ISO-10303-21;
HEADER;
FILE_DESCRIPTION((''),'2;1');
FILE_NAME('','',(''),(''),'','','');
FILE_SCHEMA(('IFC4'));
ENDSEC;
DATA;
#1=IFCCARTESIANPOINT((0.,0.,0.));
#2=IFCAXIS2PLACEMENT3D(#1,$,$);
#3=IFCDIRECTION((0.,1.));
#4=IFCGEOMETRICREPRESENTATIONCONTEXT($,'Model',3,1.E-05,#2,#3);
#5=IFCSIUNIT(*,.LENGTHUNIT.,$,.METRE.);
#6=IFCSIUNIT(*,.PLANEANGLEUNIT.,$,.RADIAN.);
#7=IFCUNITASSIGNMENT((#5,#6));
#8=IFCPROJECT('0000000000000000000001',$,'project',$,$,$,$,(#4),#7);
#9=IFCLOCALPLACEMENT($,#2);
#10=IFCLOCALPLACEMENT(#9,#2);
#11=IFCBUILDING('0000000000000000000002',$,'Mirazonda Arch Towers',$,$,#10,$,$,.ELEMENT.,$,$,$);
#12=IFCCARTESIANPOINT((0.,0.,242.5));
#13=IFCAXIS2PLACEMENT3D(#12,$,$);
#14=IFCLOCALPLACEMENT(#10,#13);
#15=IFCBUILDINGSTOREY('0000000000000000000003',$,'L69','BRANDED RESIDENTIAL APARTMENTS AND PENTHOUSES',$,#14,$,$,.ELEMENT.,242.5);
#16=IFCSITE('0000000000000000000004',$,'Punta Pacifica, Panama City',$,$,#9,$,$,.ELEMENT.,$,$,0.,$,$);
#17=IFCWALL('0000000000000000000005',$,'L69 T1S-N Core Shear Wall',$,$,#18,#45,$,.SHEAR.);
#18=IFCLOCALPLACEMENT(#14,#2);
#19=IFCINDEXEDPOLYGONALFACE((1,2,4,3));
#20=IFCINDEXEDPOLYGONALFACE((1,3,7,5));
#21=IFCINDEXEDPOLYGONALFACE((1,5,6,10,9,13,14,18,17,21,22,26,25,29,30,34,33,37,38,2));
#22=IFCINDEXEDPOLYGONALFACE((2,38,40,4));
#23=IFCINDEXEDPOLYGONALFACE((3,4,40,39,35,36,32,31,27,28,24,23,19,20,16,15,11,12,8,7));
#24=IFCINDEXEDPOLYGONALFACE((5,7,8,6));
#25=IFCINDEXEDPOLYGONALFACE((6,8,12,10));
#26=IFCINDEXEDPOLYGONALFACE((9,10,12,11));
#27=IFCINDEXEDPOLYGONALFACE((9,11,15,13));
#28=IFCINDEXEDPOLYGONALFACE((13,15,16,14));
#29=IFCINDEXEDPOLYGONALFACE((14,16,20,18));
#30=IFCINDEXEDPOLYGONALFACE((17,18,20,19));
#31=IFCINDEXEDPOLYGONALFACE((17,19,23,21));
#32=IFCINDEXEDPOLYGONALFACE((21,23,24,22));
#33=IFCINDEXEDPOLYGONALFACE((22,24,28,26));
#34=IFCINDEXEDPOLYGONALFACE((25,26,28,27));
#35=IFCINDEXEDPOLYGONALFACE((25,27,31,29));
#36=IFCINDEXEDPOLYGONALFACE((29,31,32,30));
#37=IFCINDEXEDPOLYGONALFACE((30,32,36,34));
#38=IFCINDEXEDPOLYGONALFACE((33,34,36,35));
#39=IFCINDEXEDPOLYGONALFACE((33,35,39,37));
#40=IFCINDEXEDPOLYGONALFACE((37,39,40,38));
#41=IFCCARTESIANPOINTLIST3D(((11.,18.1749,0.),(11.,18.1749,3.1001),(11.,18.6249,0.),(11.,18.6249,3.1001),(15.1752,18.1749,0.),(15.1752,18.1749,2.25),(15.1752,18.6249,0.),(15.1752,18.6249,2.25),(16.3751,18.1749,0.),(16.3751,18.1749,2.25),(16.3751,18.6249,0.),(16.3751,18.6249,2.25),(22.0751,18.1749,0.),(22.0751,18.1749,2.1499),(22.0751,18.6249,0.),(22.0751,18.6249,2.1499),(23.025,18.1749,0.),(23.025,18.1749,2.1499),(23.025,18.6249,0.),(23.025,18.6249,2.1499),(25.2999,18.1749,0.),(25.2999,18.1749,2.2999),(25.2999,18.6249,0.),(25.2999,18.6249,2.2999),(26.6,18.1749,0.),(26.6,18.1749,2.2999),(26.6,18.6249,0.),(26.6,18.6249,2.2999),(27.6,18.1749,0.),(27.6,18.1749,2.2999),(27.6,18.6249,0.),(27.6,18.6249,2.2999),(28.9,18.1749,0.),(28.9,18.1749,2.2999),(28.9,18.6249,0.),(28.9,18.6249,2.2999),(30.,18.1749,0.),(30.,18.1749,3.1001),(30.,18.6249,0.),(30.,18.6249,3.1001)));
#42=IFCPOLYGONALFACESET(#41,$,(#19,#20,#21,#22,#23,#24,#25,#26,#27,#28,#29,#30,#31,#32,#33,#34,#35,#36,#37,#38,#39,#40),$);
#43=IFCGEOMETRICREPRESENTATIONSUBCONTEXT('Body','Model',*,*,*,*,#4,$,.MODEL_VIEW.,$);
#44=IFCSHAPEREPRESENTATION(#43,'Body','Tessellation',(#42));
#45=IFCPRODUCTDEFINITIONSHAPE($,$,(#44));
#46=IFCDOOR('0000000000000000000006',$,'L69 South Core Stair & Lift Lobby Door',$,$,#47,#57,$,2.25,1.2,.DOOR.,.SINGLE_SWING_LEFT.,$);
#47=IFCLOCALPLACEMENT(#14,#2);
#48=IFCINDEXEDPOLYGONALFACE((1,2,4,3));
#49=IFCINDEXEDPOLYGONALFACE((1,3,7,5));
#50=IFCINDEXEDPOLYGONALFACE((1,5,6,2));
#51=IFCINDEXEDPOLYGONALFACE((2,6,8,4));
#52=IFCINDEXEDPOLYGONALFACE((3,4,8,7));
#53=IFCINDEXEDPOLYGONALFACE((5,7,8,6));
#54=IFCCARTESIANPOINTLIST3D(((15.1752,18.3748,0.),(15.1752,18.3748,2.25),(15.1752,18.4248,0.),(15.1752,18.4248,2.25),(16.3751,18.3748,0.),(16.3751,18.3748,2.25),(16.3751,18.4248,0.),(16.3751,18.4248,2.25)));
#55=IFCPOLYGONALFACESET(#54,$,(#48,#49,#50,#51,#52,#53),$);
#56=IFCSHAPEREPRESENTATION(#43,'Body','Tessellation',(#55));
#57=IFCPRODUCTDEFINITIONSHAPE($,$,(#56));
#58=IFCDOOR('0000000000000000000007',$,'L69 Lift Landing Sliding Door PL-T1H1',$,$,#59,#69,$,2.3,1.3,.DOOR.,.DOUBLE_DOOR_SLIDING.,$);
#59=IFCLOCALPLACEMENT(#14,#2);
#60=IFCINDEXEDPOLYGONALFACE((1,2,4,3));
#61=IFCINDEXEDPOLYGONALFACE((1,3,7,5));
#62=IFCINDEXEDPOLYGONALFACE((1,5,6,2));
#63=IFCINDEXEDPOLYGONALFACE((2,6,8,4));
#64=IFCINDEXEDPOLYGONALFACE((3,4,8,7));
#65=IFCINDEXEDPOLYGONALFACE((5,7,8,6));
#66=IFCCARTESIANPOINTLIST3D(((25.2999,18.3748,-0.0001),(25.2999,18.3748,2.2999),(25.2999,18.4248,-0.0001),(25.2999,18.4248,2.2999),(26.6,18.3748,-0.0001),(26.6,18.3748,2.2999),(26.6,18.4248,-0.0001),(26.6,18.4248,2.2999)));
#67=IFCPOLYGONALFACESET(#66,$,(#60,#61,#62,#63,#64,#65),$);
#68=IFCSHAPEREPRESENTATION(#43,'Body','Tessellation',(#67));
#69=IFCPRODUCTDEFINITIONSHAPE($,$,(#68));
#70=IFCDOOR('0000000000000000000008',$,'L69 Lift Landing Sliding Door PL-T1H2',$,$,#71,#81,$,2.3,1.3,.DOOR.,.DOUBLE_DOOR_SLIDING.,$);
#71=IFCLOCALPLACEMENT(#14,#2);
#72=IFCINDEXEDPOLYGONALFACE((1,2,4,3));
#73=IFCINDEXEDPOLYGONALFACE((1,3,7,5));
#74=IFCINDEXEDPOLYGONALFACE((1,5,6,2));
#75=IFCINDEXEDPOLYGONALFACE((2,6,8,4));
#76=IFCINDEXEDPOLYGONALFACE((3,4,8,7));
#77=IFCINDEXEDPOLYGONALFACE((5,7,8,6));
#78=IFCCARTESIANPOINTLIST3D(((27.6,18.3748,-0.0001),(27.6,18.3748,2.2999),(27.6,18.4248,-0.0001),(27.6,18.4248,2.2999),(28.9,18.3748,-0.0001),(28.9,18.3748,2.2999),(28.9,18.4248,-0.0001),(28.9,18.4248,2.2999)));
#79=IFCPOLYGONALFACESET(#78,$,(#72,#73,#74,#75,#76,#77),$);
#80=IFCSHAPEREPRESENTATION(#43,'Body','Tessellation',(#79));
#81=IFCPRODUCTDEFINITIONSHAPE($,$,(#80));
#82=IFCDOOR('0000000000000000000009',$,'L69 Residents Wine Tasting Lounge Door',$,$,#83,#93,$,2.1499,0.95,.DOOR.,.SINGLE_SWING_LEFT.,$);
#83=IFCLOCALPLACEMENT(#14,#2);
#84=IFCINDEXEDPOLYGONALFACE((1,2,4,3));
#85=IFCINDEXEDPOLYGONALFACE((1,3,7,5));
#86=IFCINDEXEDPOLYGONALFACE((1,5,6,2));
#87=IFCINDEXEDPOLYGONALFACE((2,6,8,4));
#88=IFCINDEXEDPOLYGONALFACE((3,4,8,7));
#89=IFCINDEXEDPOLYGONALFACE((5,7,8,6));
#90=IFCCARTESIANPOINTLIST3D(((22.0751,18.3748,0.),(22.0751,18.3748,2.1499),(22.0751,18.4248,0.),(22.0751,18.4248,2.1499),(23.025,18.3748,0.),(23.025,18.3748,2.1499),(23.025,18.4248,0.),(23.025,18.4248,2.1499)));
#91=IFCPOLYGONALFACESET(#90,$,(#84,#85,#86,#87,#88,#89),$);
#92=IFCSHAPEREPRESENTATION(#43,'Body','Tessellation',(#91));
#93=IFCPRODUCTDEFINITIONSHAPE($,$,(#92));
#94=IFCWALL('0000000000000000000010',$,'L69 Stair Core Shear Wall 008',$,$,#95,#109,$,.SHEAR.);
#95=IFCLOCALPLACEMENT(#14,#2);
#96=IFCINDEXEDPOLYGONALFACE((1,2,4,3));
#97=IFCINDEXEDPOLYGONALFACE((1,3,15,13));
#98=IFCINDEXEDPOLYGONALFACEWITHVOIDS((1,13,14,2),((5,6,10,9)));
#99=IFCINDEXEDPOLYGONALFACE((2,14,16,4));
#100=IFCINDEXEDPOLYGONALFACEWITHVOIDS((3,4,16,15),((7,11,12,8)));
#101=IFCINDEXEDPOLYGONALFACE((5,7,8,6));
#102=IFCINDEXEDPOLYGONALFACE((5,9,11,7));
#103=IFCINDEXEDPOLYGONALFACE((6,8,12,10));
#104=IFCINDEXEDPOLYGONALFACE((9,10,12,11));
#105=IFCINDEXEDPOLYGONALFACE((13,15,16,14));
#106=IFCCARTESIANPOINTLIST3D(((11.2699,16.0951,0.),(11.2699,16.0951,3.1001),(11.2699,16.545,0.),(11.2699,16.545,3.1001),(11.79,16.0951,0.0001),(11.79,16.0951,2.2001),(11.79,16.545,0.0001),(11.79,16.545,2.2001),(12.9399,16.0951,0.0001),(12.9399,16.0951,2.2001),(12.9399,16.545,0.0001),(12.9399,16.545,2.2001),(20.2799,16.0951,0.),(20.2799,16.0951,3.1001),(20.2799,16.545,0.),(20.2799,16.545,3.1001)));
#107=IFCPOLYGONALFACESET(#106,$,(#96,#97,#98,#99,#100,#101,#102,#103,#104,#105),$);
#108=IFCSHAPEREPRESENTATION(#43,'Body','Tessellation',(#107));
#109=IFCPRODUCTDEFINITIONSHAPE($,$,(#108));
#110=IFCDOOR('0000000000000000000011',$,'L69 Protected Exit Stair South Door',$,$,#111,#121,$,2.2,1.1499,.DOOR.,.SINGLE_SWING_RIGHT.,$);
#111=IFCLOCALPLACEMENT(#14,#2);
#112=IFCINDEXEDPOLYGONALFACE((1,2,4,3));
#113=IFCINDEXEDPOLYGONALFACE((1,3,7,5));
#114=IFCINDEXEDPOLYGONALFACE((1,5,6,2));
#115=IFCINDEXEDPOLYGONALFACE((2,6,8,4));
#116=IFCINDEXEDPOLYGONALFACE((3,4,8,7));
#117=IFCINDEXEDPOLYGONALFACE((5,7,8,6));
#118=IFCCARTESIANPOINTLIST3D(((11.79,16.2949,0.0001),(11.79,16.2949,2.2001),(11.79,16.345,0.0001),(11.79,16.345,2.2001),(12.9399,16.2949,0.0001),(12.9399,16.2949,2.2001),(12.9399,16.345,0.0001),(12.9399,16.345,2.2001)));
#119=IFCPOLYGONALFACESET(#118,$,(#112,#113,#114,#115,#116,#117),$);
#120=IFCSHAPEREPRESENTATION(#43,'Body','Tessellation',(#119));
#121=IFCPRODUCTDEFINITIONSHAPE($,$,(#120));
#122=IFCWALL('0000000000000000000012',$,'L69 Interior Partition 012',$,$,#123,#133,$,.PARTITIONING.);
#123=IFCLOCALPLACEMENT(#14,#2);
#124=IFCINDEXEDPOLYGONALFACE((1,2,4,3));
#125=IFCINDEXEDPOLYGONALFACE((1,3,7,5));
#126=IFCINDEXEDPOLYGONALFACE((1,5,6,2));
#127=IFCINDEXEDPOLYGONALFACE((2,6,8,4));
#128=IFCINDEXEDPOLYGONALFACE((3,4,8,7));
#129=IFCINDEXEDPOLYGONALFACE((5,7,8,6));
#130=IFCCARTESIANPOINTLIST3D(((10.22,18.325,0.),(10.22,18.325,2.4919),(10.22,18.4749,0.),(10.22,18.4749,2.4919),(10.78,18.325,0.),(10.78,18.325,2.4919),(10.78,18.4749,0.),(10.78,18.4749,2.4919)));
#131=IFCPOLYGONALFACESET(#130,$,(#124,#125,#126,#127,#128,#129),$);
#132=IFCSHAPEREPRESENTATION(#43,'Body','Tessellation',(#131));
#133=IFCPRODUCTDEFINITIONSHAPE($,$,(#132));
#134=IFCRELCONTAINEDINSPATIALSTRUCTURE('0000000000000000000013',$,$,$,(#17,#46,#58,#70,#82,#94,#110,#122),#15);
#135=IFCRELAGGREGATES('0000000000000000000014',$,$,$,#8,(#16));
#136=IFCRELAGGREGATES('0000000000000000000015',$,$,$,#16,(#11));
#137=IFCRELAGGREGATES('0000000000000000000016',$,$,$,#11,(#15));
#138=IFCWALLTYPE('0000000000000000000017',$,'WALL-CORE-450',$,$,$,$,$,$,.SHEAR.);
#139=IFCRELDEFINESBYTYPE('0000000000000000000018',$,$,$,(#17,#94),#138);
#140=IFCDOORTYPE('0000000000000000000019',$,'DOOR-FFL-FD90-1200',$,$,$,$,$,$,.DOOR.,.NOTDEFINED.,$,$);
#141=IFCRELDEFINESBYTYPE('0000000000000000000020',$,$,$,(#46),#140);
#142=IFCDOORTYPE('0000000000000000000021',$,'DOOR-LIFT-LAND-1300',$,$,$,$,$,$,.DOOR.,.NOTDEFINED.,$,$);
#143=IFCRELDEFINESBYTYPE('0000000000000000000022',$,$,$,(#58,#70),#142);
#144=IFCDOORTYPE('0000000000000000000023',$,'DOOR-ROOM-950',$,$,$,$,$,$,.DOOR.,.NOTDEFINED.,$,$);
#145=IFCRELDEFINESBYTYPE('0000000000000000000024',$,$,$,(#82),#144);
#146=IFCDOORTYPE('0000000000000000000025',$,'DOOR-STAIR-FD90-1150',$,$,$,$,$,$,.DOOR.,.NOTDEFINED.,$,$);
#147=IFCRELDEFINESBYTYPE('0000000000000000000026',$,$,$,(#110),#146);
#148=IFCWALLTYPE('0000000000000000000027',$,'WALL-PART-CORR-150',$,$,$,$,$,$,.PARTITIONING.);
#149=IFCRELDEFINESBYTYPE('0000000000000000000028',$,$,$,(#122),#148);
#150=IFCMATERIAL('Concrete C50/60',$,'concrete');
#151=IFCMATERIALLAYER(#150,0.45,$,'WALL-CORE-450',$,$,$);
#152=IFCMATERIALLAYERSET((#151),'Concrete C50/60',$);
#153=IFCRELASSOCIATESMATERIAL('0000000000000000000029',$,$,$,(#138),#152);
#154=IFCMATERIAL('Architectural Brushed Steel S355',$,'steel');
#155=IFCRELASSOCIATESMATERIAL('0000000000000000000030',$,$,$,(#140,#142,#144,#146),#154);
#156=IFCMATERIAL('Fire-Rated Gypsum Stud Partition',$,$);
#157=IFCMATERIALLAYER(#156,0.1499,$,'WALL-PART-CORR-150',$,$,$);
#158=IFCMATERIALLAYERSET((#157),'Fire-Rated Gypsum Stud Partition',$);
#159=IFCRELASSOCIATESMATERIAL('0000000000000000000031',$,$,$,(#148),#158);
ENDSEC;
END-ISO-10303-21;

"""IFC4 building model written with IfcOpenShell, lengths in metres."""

from ifc_helpers import new_model, si_unit, direction, frame, frame_2d, origin, place, context, subcontext, project, spatial, rectangle, extrude, material, layer, layer_set, type_object, element, fill, save


model = new_model("IFC4")

# Units and contexts
model_context = context("Model", 3, precision=1e-05, world=origin(), true_north=direction((0.0, 1.0)))
body_context = subcontext(model_context, "Body", "Model", "MODEL_VIEW")
ifc_project = project(units=[si_unit("LENGTHUNIT", "METRE"), si_unit("PLANEANGLEUNIT", "RADIAN")], contexts=[model_context])

# Site, building, storey
site_placement = place(None, origin())
site = spatial("IfcSite", under=ifc_project, at=site_placement, Name="Punta Pacifica, Panama City", CompositionType="ELEMENT", RefElevation=0.0)
building_placement = place(site_placement, origin())
building = spatial("IfcBuilding", under=site, at=building_placement, Name="Mirazonda Arch Towers", CompositionType="ELEMENT")
storey_placement = place(building_placement, frame((0.0, 0.0, 242.5)))
storey = spatial("IfcBuildingStorey", under=building, at=storey_placement, Name="L69", Description="BRANDED RESIDENTIAL APARTMENTS AND PENTHOUSES", CompositionType="ELEMENT", Elevation=242.5)

# Shared definitions
ifc_material_1 = material(Name="Concrete C50/60", Category="concrete")

# Wall, openings, doors
ifc_layer_1 = layer(ifc_material_1, 0.45, Name="WALL-CORE-450")
ifc_layer_set_1 = layer_set([ifc_layer_1], Name="Concrete C50/60")
wall_type_1 = type_object("IfcWallType", Name="WALL-CORE-450", PredefinedType="SHEAR", material=ifc_layer_set_1)
wall_1_placement = place(storey_placement, frame((11.0, 18.3999, 0.0), z_axis=(0.0, 0.0, 1.0), x_axis=(1.0, 0.0, 0.0)))
wall_1 = element("IfcWall", 1, at=wall_1_placement, inside=storey, type_object=wall_type_1, Name="L69 T1S-N Core Shear Wall", PredefinedType="SHEAR", context=body_context, shape_type="SweptSolid", body=[
    extrude(rectangle(XDim=19.0, YDim=0.45, at=frame_2d((9.5, 0.0))), origin(), (0.0, 0.0, 1.0), 3.1001),
])
opening_1_placement = place(wall_1_placement, frame((4.175, 0.0, 0.0)))
opening_1 = element("IfcOpeningElement", 2, at=opening_1_placement, cuts=wall_1, PredefinedType="OPENING", context=body_context, shape_type="SweptSolid", body=[
    extrude(rectangle(XDim=1.2, YDim=2.25, at=frame_2d((0.6001, 1.125))), frame((0.0, 0.2349, 0.0), z_axis=(0.0, -1.0, 0.0), x_axis=(1.0, 0.0, 0.0)), (0.0, 0.0, 1.0), 0.47),
])
opening_2_placement = place(wall_1_placement, frame((11.075, 0.0, 0.0)))
opening_2 = element("IfcOpeningElement", 3, at=opening_2_placement, cuts=wall_1, PredefinedType="OPENING", context=body_context, shape_type="SweptSolid", body=[
    extrude(rectangle(XDim=0.95, YDim=2.1499, at=frame_2d((0.4751, 1.075))), frame((0.0, 0.2349, 0.0), z_axis=(0.0, -1.0, 0.0), x_axis=(1.0, 0.0, 0.0)), (0.0, 0.0, 1.0), 0.47),
])
opening_3_placement = place(wall_1_placement, frame((14.3, 0.0, 0.0)))
opening_3 = element("IfcOpeningElement", 4, at=opening_3_placement, cuts=wall_1, PredefinedType="OPENING", context=body_context, shape_type="SweptSolid", body=[
    extrude(rectangle(XDim=1.3, YDim=2.3, at=frame_2d((0.6499, 1.1499))), frame((0.0, 0.2349, 0.0), z_axis=(0.0, -1.0, 0.0), x_axis=(1.0, 0.0, 0.0)), (0.0, 0.0, 1.0), 0.47),
])
opening_4_placement = place(wall_1_placement, frame((16.6001, 0.0, 0.0)))
opening_4 = element("IfcOpeningElement", 5, at=opening_4_placement, cuts=wall_1, PredefinedType="OPENING", context=body_context, shape_type="SweptSolid", body=[
    extrude(rectangle(XDim=1.3, YDim=2.3, at=frame_2d((0.6499, 1.1499))), frame((0.0, 0.2349, 0.0), z_axis=(0.0, -1.0, 0.0), x_axis=(1.0, 0.0, 0.0)), (0.0, 0.0, 1.0), 0.47),
])
ifc_material_2 = material(Name="Architectural Brushed Steel S355", Category="steel")
door_type_1 = type_object("IfcDoorType", Name="DOOR-FFL-FD90-1200", OperationType="NOTDEFINED", PredefinedType="DOOR", material=ifc_material_2)
door_1_placement = place(opening_1_placement, origin())
door_1 = element("IfcDoor", 6, at=door_1_placement, inside=storey, type_object=door_type_1, Name="L69 South Core Stair & Lift Lobby Door", OperationType="SINGLE_SWING_LEFT", OverallHeight=2.25, OverallWidth=1.2, PredefinedType="DOOR", context=body_context, shape_type="SweptSolid", body=[
    extrude(rectangle(XDim=1.2, YDim=2.25, at=frame_2d((0.6001, 1.125))), frame((0.0, 0.0249, 0.0), z_axis=(0.0, -1.0, 0.0), x_axis=(1.0, 0.0, 0.0)), (0.0, 0.0, 1.0), 0.05),
])
fill(opening_1, door_1)
door_type_2 = type_object("IfcDoorType", Name="DOOR-LIFT-LAND-1300", OperationType="NOTDEFINED", PredefinedType="DOOR", material=ifc_material_2)
door_2_placement = place(opening_3_placement, origin())
door_2 = element("IfcDoor", 7, at=door_2_placement, inside=storey, type_object=door_type_2, Name="L69 Lift Landing Sliding Door PL-T1H1", OperationType="DOUBLE_DOOR_SLIDING", OverallHeight=2.3, OverallWidth=1.3, PredefinedType="DOOR", context=body_context, shape_type="SweptSolid", body=[
    extrude(rectangle(XDim=1.3, YDim=2.3, at=frame_2d((0.6499, 1.1499))), frame((0.0, 0.0249, 0.0), z_axis=(0.0, -1.0, 0.0), x_axis=(1.0, 0.0, 0.0)), (0.0, 0.0, 1.0), 0.05),
])
fill(opening_3, door_2)
door_3_placement = place(opening_4_placement, origin())
door_3 = element("IfcDoor", 8, at=door_3_placement, inside=storey, type_object=door_type_2, Name="L69 Lift Landing Sliding Door PL-T1H2", OperationType="DOUBLE_DOOR_SLIDING", OverallHeight=2.3, OverallWidth=1.3, PredefinedType="DOOR", context=body_context, shape_type="SweptSolid", body=[
    extrude(rectangle(XDim=1.3, YDim=2.3, at=frame_2d((0.6499, 1.1499))), frame((0.0, 0.0249, 0.0), z_axis=(0.0, -1.0, 0.0), x_axis=(1.0, 0.0, 0.0)), (0.0, 0.0, 1.0), 0.05),
])
fill(opening_4, door_3)
door_type_3 = type_object("IfcDoorType", Name="DOOR-ROOM-950", OperationType="NOTDEFINED", PredefinedType="DOOR", material=ifc_material_2)
door_4_placement = place(opening_2_placement, origin())
door_4 = element("IfcDoor", 9, at=door_4_placement, inside=storey, type_object=door_type_3, Name="L69 Residents Wine Tasting Lounge Door", OperationType="SINGLE_SWING_LEFT", OverallHeight=2.1499, OverallWidth=0.95, PredefinedType="DOOR", context=body_context, shape_type="SweptSolid", body=[
    extrude(rectangle(XDim=0.95, YDim=2.1499, at=frame_2d((0.4751, 1.075))), frame((0.0, 0.0249, 0.0), z_axis=(0.0, -1.0, 0.0), x_axis=(1.0, 0.0, 0.0)), (0.0, 0.0, 1.0), 0.05),
])
fill(opening_2, door_4)

# Wall, opening, door
wall_2_placement = place(storey_placement, frame((11.27, 16.3201, 0.0), z_axis=(0.0, 0.0, 1.0), x_axis=(1.0, 0.0, 0.0)))
wall_2 = element("IfcWall", 10, at=wall_2_placement, inside=storey, type_object=wall_type_1, Name="L69 Stair Core Shear Wall 008", PredefinedType="SHEAR", context=body_context, shape_type="SweptSolid", body=[
    extrude(rectangle(XDim=9.01, YDim=0.45, at=frame_2d((4.5049, 0.0))), origin(), (0.0, 0.0, 1.0), 3.1001),
])
opening_5_placement = place(wall_2_placement, frame((0.52, 0.0, 0.0)))
opening_5 = element("IfcOpeningElement", 11, at=opening_5_placement, cuts=wall_2, PredefinedType="OPENING", context=body_context, shape_type="SweptSolid", body=[
    extrude(rectangle(XDim=1.1499, YDim=2.2, at=frame_2d((0.575, 1.1001))), frame((0.0, 0.2349, 0.0), z_axis=(0.0, -1.0, 0.0), x_axis=(1.0, 0.0, 0.0)), (0.0, 0.0, 1.0), 0.47),
])
door_type_4 = type_object("IfcDoorType", Name="DOOR-STAIR-FD90-1150", OperationType="NOTDEFINED", PredefinedType="DOOR", material=ifc_material_2)
door_5_placement = place(opening_5_placement, origin())
door_5 = element("IfcDoor", 12, at=door_5_placement, inside=storey, type_object=door_type_4, Name="L69 Protected Exit Stair South Door", OperationType="SINGLE_SWING_RIGHT", OverallHeight=2.2, OverallWidth=1.1499, PredefinedType="DOOR", context=body_context, shape_type="SweptSolid", body=[
    extrude(rectangle(XDim=1.1499, YDim=2.2, at=frame_2d((0.575, 1.1001))), frame((0.0, 0.0249, 0.0), z_axis=(0.0, -1.0, 0.0), x_axis=(1.0, 0.0, 0.0)), (0.0, 0.0, 1.0), 0.05),
])
fill(opening_5, door_5)

# Wall
ifc_material_3 = material(Name="Fire-Rated Gypsum Stud Partition")
ifc_layer_2 = layer(ifc_material_3, 0.1499, Name="WALL-PART-CORR-150")
ifc_layer_set_2 = layer_set([ifc_layer_2], Name="Fire-Rated Gypsum Stud Partition")
wall_type_2 = type_object("IfcWallType", Name="WALL-PART-CORR-150", PredefinedType="PARTITIONING", material=ifc_layer_set_2)
wall_3_placement = place(storey_placement, frame((10.22, 18.3999, 0.0), z_axis=(0.0, 0.0, 1.0), x_axis=(1.0, 0.0, 0.0)))
element("IfcWall", 13, at=wall_3_placement, inside=storey, type_object=wall_type_2, Name="L69 Interior Partition 012", PredefinedType="PARTITIONING", context=body_context, shape_type="SweptSolid", body=[
    extrude(rectangle(XDim=0.5601, YDim=0.1499, at=frame_2d((0.28, 0.0))), origin(), (0.0, 0.0, 1.0), 2.4919),
])

save(model, "model.ifc")
